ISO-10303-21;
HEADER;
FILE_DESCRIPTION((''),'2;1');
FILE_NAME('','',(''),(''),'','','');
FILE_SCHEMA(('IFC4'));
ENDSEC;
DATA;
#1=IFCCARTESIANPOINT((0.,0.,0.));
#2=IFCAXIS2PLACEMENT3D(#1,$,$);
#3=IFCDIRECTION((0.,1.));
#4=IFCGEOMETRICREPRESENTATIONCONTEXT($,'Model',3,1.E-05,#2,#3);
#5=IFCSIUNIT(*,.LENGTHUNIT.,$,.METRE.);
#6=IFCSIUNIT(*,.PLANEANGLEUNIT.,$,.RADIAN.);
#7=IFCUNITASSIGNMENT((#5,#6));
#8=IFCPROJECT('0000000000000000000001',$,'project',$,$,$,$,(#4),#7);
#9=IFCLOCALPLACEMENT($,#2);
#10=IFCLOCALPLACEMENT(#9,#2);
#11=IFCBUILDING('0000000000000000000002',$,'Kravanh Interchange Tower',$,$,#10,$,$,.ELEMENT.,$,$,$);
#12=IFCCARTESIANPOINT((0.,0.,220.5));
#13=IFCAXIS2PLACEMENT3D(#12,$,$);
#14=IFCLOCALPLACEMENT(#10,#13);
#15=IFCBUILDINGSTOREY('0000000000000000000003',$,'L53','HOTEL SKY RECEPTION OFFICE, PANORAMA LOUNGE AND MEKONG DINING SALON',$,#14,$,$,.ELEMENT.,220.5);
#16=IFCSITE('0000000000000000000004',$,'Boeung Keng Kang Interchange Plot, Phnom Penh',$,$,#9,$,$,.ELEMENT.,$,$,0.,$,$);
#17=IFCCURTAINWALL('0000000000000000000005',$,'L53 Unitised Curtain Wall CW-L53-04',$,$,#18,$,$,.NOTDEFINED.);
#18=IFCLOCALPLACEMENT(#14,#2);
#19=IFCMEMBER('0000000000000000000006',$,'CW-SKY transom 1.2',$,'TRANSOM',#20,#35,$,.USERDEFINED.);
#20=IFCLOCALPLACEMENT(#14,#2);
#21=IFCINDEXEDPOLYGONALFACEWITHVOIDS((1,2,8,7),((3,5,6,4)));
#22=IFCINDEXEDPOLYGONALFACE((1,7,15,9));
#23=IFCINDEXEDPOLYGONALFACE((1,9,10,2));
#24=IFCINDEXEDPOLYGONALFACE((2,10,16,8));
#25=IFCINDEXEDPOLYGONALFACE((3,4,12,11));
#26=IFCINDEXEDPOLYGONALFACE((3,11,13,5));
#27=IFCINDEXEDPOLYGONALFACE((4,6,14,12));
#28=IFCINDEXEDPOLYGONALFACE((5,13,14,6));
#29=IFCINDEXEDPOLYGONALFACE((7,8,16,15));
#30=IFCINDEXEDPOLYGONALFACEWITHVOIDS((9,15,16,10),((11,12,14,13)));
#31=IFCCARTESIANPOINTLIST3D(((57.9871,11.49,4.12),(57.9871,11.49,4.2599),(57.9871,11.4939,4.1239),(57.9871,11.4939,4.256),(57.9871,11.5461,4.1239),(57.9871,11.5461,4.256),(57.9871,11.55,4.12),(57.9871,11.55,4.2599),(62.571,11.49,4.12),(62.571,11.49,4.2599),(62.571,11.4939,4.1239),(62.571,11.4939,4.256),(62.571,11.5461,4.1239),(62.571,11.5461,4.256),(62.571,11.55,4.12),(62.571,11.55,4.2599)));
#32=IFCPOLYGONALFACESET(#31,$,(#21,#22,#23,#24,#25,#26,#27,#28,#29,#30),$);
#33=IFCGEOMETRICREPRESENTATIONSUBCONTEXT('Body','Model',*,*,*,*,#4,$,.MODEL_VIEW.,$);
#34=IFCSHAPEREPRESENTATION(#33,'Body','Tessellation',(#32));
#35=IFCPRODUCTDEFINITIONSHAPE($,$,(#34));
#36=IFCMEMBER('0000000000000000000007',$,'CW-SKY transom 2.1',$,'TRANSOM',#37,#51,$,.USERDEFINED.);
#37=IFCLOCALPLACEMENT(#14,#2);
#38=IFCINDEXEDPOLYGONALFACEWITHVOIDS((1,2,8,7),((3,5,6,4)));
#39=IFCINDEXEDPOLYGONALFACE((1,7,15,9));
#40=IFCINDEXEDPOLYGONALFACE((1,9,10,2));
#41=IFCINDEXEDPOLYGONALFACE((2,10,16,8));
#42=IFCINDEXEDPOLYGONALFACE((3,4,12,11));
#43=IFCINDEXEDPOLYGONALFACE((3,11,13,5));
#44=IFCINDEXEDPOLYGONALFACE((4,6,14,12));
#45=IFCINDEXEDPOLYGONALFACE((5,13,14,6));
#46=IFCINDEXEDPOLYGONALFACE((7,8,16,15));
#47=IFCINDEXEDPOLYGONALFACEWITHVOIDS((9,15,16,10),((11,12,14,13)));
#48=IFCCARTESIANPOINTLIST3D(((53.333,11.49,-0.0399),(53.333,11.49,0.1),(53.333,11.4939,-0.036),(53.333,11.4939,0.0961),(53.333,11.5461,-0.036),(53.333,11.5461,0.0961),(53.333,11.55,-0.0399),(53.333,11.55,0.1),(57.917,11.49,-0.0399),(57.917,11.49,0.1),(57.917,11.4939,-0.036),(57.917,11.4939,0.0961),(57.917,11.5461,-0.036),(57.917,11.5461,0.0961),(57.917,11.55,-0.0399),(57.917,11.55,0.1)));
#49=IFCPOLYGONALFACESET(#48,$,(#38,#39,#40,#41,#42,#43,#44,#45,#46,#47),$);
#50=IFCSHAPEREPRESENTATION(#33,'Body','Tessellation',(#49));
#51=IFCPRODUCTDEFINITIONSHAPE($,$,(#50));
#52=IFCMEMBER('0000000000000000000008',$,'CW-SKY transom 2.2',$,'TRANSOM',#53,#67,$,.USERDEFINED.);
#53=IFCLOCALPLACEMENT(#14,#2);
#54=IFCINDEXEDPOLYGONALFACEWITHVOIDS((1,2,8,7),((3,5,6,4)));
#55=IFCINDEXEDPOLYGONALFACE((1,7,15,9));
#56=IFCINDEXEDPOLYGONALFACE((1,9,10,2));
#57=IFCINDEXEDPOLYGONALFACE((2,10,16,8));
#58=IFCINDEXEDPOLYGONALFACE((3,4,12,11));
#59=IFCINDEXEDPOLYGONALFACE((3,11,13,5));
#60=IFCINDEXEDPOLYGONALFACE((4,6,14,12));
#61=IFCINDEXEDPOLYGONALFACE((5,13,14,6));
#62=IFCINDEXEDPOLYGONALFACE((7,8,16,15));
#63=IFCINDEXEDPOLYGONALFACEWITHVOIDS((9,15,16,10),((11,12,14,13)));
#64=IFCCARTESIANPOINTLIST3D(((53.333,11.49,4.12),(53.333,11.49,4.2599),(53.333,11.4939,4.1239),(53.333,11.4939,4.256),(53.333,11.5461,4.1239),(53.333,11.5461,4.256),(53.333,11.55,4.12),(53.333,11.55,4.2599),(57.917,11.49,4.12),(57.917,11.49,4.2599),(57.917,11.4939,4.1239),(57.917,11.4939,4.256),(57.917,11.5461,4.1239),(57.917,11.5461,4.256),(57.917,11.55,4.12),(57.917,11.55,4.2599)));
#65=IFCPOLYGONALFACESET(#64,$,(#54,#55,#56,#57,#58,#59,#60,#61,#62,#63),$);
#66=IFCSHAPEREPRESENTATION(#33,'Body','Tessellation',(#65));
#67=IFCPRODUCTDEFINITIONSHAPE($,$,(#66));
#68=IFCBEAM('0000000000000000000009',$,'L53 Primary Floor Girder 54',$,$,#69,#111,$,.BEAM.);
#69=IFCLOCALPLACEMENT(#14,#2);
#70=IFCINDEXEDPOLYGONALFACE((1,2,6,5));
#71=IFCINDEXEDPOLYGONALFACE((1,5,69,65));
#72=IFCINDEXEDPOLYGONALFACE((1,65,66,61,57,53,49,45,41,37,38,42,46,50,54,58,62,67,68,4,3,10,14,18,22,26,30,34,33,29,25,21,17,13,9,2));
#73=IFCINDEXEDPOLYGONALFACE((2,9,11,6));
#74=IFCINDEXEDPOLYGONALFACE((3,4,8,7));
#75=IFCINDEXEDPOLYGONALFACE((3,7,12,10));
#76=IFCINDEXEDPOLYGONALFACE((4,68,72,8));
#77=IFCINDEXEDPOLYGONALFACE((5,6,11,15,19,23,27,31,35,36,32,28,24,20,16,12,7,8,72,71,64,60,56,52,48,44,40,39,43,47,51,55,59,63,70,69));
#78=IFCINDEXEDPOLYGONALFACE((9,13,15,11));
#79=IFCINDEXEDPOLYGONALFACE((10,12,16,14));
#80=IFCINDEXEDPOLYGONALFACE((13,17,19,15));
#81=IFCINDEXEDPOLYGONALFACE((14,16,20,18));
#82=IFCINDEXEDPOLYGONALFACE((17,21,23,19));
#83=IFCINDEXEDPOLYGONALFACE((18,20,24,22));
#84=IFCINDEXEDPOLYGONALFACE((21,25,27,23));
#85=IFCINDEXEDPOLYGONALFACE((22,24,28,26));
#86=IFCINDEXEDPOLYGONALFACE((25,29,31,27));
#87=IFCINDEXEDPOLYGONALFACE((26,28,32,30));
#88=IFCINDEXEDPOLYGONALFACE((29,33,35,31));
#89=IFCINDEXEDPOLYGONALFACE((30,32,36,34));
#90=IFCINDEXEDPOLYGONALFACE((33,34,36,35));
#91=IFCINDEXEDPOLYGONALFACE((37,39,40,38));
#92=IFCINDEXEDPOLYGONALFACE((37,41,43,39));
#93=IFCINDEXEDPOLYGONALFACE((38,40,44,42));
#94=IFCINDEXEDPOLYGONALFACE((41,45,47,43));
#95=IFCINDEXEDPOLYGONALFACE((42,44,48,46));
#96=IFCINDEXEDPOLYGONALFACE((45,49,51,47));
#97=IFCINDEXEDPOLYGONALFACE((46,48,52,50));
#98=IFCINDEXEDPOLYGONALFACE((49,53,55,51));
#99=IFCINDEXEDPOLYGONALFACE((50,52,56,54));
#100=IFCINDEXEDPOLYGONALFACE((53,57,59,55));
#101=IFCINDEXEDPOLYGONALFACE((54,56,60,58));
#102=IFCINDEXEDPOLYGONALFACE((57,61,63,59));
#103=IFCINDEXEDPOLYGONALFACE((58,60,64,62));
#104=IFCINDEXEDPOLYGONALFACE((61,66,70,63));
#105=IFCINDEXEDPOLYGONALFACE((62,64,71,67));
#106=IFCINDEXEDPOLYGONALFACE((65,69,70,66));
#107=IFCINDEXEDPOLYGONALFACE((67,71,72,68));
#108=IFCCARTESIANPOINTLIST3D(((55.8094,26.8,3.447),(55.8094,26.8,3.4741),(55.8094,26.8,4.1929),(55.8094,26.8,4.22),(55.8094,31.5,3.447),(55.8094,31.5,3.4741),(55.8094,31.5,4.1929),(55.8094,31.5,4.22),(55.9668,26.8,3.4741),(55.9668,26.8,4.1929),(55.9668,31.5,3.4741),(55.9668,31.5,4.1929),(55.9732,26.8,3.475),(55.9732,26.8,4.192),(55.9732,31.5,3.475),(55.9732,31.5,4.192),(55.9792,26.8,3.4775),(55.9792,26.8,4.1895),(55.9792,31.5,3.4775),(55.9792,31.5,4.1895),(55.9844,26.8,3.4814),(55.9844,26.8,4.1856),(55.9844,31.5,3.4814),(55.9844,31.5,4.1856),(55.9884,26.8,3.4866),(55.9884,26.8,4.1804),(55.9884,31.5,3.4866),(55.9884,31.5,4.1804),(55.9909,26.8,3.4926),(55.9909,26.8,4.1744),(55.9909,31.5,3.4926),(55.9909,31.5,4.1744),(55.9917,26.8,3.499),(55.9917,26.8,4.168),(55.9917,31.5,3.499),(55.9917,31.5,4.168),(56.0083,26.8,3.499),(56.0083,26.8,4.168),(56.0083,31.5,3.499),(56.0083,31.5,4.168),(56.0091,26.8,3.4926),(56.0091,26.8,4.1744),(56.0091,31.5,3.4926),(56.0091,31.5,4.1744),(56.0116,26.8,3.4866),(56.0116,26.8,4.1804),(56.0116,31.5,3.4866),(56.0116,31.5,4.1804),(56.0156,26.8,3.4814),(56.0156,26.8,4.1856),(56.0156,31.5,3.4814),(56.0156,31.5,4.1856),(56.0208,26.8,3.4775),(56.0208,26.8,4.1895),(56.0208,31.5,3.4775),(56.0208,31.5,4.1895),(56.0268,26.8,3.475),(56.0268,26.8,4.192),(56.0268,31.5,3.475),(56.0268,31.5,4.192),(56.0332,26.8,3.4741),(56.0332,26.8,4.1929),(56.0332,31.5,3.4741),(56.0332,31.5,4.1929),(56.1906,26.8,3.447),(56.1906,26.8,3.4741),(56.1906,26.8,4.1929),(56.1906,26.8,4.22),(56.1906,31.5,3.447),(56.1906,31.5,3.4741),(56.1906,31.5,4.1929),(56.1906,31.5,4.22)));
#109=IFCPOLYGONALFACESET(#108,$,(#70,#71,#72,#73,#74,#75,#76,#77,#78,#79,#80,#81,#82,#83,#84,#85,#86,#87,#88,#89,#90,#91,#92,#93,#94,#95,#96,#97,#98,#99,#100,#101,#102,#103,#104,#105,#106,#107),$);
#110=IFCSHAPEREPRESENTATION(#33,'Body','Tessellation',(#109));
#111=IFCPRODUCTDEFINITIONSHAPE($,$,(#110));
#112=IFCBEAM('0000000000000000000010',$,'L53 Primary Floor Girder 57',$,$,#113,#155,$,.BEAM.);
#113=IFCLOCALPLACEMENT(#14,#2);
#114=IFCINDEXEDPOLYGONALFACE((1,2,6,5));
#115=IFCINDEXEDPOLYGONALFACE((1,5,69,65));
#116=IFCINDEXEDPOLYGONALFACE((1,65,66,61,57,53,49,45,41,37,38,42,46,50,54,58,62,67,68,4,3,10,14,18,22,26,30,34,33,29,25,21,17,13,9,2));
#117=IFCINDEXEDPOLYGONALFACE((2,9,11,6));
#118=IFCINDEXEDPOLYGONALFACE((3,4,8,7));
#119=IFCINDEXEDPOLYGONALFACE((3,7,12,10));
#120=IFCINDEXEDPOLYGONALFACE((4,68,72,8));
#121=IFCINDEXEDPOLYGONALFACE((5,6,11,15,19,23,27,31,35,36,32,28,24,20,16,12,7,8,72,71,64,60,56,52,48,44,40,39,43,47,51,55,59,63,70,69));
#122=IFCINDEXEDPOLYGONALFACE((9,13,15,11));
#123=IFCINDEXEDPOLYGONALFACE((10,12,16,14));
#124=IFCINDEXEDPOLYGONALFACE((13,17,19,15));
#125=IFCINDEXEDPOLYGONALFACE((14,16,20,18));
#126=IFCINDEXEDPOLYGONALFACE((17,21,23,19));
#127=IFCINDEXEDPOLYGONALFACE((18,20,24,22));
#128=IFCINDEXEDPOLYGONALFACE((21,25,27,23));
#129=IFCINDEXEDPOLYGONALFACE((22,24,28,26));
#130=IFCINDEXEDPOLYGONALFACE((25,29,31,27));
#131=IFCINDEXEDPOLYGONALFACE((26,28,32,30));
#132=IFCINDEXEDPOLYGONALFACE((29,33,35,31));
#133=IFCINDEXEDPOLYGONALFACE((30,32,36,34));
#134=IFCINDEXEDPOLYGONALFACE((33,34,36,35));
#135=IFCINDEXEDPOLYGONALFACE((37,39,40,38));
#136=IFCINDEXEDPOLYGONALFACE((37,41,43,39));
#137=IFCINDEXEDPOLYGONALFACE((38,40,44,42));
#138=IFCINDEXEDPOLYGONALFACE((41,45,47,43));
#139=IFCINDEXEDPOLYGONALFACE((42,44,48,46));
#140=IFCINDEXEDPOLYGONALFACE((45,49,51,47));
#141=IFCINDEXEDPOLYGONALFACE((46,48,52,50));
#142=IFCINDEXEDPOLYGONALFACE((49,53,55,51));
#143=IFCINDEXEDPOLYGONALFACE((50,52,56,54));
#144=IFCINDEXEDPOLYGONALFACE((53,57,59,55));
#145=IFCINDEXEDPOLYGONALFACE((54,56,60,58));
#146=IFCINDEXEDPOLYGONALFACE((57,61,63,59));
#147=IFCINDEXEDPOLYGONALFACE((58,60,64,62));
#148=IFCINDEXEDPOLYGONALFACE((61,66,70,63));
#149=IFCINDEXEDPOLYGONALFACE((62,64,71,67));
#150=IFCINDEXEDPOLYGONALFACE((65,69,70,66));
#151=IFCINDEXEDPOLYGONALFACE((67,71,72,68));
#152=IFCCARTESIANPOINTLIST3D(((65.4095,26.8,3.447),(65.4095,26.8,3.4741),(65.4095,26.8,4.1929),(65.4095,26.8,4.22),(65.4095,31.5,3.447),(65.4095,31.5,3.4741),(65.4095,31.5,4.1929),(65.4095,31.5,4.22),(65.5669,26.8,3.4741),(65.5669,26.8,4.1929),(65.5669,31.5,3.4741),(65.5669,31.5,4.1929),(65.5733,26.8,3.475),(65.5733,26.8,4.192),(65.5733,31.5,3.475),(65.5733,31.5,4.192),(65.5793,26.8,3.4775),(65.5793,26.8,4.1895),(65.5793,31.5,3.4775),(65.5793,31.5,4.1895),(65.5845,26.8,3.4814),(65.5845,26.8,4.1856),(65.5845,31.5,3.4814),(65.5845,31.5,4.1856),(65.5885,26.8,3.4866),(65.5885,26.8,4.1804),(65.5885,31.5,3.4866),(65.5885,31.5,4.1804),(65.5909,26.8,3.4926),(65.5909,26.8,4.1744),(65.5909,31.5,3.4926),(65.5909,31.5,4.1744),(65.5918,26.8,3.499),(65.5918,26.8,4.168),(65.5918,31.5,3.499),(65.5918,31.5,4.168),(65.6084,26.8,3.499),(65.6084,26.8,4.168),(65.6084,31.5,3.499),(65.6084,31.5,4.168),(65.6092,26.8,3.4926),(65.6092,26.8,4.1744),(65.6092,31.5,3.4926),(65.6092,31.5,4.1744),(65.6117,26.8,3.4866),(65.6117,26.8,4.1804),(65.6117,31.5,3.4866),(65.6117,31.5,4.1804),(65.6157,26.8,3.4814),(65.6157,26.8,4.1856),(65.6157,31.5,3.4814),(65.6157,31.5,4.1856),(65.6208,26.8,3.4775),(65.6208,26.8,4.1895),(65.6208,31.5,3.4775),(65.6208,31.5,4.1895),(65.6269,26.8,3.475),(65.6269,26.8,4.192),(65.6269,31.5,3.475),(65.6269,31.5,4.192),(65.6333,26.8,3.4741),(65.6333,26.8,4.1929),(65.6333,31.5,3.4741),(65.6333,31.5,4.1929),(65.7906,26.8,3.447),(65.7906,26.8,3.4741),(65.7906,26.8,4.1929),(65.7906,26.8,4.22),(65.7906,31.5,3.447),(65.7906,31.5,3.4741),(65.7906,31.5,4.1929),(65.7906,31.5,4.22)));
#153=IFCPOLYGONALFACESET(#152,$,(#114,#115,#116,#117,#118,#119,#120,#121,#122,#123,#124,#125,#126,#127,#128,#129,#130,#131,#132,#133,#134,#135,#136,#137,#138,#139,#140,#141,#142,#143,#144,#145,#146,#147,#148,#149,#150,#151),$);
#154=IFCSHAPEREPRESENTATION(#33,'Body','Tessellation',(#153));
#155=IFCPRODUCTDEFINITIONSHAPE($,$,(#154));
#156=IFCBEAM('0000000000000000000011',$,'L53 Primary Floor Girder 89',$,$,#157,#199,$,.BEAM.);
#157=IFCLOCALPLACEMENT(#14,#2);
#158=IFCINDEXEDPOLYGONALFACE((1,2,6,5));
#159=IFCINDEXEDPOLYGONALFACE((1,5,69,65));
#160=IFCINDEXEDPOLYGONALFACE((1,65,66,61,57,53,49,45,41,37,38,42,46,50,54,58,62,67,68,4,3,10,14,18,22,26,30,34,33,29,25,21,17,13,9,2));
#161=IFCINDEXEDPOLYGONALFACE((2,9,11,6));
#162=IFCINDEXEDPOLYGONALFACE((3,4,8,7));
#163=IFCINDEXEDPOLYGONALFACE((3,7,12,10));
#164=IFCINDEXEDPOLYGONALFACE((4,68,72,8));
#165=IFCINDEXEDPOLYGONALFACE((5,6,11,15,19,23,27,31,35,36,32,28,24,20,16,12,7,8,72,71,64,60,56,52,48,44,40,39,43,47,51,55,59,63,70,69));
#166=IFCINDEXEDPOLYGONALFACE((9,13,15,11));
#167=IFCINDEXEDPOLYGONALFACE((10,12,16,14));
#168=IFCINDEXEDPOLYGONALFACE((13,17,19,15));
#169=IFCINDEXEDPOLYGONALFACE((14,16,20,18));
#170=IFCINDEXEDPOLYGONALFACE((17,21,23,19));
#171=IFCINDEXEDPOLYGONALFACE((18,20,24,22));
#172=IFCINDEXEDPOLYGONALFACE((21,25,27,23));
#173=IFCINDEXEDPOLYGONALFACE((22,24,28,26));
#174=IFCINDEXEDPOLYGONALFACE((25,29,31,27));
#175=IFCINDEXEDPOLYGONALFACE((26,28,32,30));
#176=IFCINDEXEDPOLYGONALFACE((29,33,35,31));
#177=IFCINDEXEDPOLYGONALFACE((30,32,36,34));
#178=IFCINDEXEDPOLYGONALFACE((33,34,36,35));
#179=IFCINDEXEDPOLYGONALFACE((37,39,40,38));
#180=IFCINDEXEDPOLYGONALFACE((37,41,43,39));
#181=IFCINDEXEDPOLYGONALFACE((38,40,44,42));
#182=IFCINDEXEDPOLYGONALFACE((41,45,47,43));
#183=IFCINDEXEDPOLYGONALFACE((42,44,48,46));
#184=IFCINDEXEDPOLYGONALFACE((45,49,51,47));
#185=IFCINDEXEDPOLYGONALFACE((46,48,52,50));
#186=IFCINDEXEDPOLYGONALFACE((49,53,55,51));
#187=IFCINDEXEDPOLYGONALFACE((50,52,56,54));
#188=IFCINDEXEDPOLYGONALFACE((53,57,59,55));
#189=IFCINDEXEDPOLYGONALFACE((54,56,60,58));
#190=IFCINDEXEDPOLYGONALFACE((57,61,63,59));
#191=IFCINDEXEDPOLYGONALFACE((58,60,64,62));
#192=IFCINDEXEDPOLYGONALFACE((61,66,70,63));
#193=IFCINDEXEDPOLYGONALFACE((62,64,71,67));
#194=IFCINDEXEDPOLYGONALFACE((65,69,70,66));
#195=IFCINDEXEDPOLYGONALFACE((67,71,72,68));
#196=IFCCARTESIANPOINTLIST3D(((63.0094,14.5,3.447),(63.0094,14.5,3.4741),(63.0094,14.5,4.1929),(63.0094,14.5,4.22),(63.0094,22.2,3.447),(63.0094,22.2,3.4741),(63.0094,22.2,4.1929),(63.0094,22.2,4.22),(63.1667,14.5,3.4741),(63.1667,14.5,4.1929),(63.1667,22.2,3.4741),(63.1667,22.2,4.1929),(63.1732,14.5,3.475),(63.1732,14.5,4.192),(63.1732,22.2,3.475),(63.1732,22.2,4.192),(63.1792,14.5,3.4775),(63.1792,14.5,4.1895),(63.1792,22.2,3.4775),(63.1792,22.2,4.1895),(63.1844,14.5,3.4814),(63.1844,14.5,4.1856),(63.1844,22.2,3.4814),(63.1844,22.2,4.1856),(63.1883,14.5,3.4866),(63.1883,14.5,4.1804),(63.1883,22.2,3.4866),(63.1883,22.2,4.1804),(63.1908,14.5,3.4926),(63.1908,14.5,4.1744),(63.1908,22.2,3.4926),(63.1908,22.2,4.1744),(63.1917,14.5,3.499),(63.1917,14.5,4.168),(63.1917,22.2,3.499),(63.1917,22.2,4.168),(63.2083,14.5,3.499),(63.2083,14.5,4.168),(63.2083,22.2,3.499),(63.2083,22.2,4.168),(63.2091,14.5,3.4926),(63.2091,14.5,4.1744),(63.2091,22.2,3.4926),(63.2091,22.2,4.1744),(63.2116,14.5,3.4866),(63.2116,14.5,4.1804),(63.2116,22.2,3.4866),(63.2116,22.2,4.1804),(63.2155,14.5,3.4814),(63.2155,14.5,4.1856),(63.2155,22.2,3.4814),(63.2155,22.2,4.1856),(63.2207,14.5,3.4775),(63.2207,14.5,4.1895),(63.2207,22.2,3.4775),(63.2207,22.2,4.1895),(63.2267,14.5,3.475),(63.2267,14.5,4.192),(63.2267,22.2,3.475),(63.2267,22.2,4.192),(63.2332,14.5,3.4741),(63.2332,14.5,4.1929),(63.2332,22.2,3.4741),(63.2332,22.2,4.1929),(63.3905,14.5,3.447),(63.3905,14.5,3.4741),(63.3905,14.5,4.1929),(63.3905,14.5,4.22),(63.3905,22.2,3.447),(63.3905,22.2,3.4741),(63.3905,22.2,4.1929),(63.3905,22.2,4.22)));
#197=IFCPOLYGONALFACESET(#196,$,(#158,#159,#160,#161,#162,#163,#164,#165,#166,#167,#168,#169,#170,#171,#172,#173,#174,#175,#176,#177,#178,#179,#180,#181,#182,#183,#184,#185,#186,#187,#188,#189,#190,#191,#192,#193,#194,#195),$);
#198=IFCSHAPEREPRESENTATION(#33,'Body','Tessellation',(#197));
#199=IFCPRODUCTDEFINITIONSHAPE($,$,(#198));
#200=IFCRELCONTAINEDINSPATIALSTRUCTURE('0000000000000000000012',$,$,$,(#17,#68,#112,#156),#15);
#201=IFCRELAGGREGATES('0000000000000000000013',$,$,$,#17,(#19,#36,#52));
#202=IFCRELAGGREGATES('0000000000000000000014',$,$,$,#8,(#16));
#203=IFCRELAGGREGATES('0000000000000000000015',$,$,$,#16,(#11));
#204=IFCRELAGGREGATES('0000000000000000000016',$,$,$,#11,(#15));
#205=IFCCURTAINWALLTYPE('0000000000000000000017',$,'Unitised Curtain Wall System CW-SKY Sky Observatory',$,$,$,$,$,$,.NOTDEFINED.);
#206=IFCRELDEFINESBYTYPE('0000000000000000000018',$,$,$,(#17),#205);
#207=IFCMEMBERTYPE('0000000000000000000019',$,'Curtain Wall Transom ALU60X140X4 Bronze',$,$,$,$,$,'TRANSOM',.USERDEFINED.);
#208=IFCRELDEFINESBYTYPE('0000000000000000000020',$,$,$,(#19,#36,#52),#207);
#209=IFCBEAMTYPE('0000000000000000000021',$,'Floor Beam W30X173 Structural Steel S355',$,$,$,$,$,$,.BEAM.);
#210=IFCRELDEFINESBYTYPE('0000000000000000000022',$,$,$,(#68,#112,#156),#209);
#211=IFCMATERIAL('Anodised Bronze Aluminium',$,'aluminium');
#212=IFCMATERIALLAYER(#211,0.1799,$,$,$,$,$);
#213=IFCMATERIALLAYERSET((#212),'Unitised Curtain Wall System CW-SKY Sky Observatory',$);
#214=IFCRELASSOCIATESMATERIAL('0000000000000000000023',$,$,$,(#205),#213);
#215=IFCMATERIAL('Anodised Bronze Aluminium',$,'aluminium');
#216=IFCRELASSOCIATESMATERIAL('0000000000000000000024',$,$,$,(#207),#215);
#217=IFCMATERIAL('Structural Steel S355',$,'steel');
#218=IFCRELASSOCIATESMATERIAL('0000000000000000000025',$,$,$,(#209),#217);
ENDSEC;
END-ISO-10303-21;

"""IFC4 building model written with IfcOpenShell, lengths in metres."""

from ifc_helpers import new_model, si_unit, direction, frame, origin, origin_2d, place, context, subcontext, project, spatial, hollow_rectangle, i_section, extrude, material, layer, layer_set, material_profile, profile_set, type_object, element, aggregate, save


model = new_model("IFC4")

# Units and contexts
model_context = context("Model", 3, precision=1e-05, world=origin(), true_north=direction((0.0, 1.0)))
body_context = subcontext(model_context, "Body", "Model", "MODEL_VIEW")
ifc_project = project(units=[si_unit("LENGTHUNIT", "METRE"), si_unit("PLANEANGLEUNIT", "RADIAN")], contexts=[model_context])

# Site, building, storey
site_placement = place(None, origin())
site = spatial("IfcSite", under=ifc_project, at=site_placement, Name="Boeung Keng Kang Interchange Plot, Phnom Penh", CompositionType="ELEMENT", RefElevation=0.0)
building_placement = place(site_placement, origin())
building = spatial("IfcBuilding", under=site, at=building_placement, Name="Kravanh Interchange Tower", CompositionType="ELEMENT")
storey_placement = place(building_placement, frame((0.0, 0.0, 220.5)))
storey = spatial("IfcBuildingStorey", under=building, at=storey_placement, Name="L53", Description="HOTEL SKY RECEPTION OFFICE, PANORAMA LOUNGE AND MEKONG DINING SALON", CompositionType="ELEMENT", Elevation=220.5)

# Curtain wall
ifc_material_1 = material(Name="Anodised Bronze Aluminium", Category="aluminium")
ifc_layer_1 = layer(ifc_material_1, 0.1799)
ifc_layer_set_1 = layer_set([ifc_layer_1], Name="Unitised Curtain Wall System CW-SKY Sky Observatory")
curtain_wall_type = type_object("IfcCurtainWallType", Name="Unitised Curtain Wall System CW-SKY Sky Observatory", PredefinedType="NOTDEFINED", material=ifc_layer_set_1)
curtain_wall_1_placement = place(storey_placement, origin())
curtain_wall_1 = element("IfcCurtainWall", 1, at=curtain_wall_1_placement, inside=storey, type_object=curtain_wall_type, Name="L53 Unitised Curtain Wall CW-L53-04", PredefinedType="NOTDEFINED")

# Members
ifc_material_2 = material(Name="Anodised Bronze Aluminium", Category="aluminium")
ifc_material_profile_1 = material_profile(ifc_material_2, hollow_rectangle(XDim=0.0601, YDim=0.1399, WallThickness=0.0039, at=origin_2d()), Name="ALU60X140X4")
ifc_profile_set_1 = profile_set([ifc_material_profile_1], Name="Anodised Bronze Aluminium")
member_type_1 = type_object("IfcMemberType", Name="Curtain Wall Transom ALU60X140X4 Bronze", ElementType="TRANSOM", PredefinedType="USERDEFINED", material=ifc_profile_set_1)
member_1_placement = place(storey_placement, frame((62.571, 11.52, 4.1899), z_axis=(-1.0, 0.0, 0.0), x_axis=(0.0, -1.0, 0.0)))
member_1 = element("IfcMember", 2, at=member_1_placement, type_object=member_type_1, Name="CW-SKY transom 1.2", ObjectType="TRANSOM", PredefinedType="USERDEFINED", context=body_context, shape_type="SweptSolid", body=[
    extrude(hollow_rectangle(XDim=0.0601, YDim=0.1399, WallThickness=0.0039, at=origin_2d()), origin(), (0.0, 0.0, 1.0), 4.584),
])
member_2_placement = place(storey_placement, frame((57.917, 11.52, 0.03), z_axis=(-1.0, 0.0, 0.0), x_axis=(0.0, -1.0, 0.0)))
member_2 = element("IfcMember", 3, at=member_2_placement, type_object=member_type_1, Name="CW-SKY transom 2.1", ObjectType="TRANSOM", PredefinedType="USERDEFINED", context=body_context, shape_type="SweptSolid", body=[
    extrude(hollow_rectangle(XDim=0.0601, YDim=0.1399, WallThickness=0.0039, at=origin_2d()), origin(), (0.0, 0.0, 1.0), 4.584),
])
member_3_placement = place(storey_placement, frame((57.917, 11.52, 4.1899), z_axis=(-1.0, 0.0, 0.0), x_axis=(0.0, -1.0, 0.0)))
member_3 = element("IfcMember", 4, at=member_3_placement, type_object=member_type_1, Name="CW-SKY transom 2.2", ObjectType="TRANSOM", PredefinedType="USERDEFINED", context=body_context, shape_type="SweptSolid", body=[
    extrude(hollow_rectangle(XDim=0.0601, YDim=0.1399, WallThickness=0.0039, at=origin_2d()), origin(), (0.0, 0.0, 1.0), 4.584),
])

# Beams
ifc_material_3 = material(Name="Structural Steel S355", Category="steel")
ifc_material_profile_2 = material_profile(ifc_material_3, i_section(OverallWidth=0.3811, OverallDepth=0.7729, WebThickness=0.0166, FlangeThickness=0.0271, FilletRadius=0.0249, at=origin_2d()), Name="W30X173")
ifc_profile_set_2 = profile_set([ifc_material_profile_2], Name="Structural Steel S355")
beam_type_1 = type_object("IfcBeamType", Name="Floor Beam W30X173 Structural Steel S355", PredefinedType="BEAM", material=ifc_profile_set_2)
for number, where, z_axis, x_axis, name in (
    (5, (56.0, 26.8, 3.8335), (0.0, 1.0, 0.0), (-1.0, 0.0, 0.0), "L53 Primary Floor Girder 54"),
    (6, (65.6001, 26.8, 3.8335), (0.0, 1.0, 0.0), (-1.0, 0.0, 0.0), "L53 Primary Floor Girder 57"),
):
    element("IfcBeam", number, at=place(storey_placement, frame(where, z_axis=z_axis, x_axis=x_axis)), inside=storey, type_object=beam_type_1, Name=name, PredefinedType="BEAM", context=body_context, shape_type="SweptSolid", body=[
        extrude(i_section(OverallWidth=0.3811, OverallDepth=0.7729, WebThickness=0.0166, FlangeThickness=0.0271, FilletRadius=0.0249, at=origin_2d()), origin(), (0.0, 0.0, 1.0), 4.7),
    ])
beam_1_placement = place(storey_placement, frame((63.2, 14.5, 3.8335), z_axis=(0.0, 1.0, 0.0), x_axis=(-1.0, 0.0, 0.0)))
element("IfcBeam", 7, at=beam_1_placement, inside=storey, type_object=beam_type_1, Name="L53 Primary Floor Girder 89", PredefinedType="BEAM", context=body_context, shape_type="SweptSolid", body=[
    extrude(i_section(OverallWidth=0.3811, OverallDepth=0.7729, WebThickness=0.0166, FlangeThickness=0.0271, FilletRadius=0.0249, at=origin_2d()), origin(), (0.0, 0.0, 1.0), 7.7),
])

aggregate(curtain_wall_1, [member_1, member_2, member_3])

save(model, "model.ifc")
